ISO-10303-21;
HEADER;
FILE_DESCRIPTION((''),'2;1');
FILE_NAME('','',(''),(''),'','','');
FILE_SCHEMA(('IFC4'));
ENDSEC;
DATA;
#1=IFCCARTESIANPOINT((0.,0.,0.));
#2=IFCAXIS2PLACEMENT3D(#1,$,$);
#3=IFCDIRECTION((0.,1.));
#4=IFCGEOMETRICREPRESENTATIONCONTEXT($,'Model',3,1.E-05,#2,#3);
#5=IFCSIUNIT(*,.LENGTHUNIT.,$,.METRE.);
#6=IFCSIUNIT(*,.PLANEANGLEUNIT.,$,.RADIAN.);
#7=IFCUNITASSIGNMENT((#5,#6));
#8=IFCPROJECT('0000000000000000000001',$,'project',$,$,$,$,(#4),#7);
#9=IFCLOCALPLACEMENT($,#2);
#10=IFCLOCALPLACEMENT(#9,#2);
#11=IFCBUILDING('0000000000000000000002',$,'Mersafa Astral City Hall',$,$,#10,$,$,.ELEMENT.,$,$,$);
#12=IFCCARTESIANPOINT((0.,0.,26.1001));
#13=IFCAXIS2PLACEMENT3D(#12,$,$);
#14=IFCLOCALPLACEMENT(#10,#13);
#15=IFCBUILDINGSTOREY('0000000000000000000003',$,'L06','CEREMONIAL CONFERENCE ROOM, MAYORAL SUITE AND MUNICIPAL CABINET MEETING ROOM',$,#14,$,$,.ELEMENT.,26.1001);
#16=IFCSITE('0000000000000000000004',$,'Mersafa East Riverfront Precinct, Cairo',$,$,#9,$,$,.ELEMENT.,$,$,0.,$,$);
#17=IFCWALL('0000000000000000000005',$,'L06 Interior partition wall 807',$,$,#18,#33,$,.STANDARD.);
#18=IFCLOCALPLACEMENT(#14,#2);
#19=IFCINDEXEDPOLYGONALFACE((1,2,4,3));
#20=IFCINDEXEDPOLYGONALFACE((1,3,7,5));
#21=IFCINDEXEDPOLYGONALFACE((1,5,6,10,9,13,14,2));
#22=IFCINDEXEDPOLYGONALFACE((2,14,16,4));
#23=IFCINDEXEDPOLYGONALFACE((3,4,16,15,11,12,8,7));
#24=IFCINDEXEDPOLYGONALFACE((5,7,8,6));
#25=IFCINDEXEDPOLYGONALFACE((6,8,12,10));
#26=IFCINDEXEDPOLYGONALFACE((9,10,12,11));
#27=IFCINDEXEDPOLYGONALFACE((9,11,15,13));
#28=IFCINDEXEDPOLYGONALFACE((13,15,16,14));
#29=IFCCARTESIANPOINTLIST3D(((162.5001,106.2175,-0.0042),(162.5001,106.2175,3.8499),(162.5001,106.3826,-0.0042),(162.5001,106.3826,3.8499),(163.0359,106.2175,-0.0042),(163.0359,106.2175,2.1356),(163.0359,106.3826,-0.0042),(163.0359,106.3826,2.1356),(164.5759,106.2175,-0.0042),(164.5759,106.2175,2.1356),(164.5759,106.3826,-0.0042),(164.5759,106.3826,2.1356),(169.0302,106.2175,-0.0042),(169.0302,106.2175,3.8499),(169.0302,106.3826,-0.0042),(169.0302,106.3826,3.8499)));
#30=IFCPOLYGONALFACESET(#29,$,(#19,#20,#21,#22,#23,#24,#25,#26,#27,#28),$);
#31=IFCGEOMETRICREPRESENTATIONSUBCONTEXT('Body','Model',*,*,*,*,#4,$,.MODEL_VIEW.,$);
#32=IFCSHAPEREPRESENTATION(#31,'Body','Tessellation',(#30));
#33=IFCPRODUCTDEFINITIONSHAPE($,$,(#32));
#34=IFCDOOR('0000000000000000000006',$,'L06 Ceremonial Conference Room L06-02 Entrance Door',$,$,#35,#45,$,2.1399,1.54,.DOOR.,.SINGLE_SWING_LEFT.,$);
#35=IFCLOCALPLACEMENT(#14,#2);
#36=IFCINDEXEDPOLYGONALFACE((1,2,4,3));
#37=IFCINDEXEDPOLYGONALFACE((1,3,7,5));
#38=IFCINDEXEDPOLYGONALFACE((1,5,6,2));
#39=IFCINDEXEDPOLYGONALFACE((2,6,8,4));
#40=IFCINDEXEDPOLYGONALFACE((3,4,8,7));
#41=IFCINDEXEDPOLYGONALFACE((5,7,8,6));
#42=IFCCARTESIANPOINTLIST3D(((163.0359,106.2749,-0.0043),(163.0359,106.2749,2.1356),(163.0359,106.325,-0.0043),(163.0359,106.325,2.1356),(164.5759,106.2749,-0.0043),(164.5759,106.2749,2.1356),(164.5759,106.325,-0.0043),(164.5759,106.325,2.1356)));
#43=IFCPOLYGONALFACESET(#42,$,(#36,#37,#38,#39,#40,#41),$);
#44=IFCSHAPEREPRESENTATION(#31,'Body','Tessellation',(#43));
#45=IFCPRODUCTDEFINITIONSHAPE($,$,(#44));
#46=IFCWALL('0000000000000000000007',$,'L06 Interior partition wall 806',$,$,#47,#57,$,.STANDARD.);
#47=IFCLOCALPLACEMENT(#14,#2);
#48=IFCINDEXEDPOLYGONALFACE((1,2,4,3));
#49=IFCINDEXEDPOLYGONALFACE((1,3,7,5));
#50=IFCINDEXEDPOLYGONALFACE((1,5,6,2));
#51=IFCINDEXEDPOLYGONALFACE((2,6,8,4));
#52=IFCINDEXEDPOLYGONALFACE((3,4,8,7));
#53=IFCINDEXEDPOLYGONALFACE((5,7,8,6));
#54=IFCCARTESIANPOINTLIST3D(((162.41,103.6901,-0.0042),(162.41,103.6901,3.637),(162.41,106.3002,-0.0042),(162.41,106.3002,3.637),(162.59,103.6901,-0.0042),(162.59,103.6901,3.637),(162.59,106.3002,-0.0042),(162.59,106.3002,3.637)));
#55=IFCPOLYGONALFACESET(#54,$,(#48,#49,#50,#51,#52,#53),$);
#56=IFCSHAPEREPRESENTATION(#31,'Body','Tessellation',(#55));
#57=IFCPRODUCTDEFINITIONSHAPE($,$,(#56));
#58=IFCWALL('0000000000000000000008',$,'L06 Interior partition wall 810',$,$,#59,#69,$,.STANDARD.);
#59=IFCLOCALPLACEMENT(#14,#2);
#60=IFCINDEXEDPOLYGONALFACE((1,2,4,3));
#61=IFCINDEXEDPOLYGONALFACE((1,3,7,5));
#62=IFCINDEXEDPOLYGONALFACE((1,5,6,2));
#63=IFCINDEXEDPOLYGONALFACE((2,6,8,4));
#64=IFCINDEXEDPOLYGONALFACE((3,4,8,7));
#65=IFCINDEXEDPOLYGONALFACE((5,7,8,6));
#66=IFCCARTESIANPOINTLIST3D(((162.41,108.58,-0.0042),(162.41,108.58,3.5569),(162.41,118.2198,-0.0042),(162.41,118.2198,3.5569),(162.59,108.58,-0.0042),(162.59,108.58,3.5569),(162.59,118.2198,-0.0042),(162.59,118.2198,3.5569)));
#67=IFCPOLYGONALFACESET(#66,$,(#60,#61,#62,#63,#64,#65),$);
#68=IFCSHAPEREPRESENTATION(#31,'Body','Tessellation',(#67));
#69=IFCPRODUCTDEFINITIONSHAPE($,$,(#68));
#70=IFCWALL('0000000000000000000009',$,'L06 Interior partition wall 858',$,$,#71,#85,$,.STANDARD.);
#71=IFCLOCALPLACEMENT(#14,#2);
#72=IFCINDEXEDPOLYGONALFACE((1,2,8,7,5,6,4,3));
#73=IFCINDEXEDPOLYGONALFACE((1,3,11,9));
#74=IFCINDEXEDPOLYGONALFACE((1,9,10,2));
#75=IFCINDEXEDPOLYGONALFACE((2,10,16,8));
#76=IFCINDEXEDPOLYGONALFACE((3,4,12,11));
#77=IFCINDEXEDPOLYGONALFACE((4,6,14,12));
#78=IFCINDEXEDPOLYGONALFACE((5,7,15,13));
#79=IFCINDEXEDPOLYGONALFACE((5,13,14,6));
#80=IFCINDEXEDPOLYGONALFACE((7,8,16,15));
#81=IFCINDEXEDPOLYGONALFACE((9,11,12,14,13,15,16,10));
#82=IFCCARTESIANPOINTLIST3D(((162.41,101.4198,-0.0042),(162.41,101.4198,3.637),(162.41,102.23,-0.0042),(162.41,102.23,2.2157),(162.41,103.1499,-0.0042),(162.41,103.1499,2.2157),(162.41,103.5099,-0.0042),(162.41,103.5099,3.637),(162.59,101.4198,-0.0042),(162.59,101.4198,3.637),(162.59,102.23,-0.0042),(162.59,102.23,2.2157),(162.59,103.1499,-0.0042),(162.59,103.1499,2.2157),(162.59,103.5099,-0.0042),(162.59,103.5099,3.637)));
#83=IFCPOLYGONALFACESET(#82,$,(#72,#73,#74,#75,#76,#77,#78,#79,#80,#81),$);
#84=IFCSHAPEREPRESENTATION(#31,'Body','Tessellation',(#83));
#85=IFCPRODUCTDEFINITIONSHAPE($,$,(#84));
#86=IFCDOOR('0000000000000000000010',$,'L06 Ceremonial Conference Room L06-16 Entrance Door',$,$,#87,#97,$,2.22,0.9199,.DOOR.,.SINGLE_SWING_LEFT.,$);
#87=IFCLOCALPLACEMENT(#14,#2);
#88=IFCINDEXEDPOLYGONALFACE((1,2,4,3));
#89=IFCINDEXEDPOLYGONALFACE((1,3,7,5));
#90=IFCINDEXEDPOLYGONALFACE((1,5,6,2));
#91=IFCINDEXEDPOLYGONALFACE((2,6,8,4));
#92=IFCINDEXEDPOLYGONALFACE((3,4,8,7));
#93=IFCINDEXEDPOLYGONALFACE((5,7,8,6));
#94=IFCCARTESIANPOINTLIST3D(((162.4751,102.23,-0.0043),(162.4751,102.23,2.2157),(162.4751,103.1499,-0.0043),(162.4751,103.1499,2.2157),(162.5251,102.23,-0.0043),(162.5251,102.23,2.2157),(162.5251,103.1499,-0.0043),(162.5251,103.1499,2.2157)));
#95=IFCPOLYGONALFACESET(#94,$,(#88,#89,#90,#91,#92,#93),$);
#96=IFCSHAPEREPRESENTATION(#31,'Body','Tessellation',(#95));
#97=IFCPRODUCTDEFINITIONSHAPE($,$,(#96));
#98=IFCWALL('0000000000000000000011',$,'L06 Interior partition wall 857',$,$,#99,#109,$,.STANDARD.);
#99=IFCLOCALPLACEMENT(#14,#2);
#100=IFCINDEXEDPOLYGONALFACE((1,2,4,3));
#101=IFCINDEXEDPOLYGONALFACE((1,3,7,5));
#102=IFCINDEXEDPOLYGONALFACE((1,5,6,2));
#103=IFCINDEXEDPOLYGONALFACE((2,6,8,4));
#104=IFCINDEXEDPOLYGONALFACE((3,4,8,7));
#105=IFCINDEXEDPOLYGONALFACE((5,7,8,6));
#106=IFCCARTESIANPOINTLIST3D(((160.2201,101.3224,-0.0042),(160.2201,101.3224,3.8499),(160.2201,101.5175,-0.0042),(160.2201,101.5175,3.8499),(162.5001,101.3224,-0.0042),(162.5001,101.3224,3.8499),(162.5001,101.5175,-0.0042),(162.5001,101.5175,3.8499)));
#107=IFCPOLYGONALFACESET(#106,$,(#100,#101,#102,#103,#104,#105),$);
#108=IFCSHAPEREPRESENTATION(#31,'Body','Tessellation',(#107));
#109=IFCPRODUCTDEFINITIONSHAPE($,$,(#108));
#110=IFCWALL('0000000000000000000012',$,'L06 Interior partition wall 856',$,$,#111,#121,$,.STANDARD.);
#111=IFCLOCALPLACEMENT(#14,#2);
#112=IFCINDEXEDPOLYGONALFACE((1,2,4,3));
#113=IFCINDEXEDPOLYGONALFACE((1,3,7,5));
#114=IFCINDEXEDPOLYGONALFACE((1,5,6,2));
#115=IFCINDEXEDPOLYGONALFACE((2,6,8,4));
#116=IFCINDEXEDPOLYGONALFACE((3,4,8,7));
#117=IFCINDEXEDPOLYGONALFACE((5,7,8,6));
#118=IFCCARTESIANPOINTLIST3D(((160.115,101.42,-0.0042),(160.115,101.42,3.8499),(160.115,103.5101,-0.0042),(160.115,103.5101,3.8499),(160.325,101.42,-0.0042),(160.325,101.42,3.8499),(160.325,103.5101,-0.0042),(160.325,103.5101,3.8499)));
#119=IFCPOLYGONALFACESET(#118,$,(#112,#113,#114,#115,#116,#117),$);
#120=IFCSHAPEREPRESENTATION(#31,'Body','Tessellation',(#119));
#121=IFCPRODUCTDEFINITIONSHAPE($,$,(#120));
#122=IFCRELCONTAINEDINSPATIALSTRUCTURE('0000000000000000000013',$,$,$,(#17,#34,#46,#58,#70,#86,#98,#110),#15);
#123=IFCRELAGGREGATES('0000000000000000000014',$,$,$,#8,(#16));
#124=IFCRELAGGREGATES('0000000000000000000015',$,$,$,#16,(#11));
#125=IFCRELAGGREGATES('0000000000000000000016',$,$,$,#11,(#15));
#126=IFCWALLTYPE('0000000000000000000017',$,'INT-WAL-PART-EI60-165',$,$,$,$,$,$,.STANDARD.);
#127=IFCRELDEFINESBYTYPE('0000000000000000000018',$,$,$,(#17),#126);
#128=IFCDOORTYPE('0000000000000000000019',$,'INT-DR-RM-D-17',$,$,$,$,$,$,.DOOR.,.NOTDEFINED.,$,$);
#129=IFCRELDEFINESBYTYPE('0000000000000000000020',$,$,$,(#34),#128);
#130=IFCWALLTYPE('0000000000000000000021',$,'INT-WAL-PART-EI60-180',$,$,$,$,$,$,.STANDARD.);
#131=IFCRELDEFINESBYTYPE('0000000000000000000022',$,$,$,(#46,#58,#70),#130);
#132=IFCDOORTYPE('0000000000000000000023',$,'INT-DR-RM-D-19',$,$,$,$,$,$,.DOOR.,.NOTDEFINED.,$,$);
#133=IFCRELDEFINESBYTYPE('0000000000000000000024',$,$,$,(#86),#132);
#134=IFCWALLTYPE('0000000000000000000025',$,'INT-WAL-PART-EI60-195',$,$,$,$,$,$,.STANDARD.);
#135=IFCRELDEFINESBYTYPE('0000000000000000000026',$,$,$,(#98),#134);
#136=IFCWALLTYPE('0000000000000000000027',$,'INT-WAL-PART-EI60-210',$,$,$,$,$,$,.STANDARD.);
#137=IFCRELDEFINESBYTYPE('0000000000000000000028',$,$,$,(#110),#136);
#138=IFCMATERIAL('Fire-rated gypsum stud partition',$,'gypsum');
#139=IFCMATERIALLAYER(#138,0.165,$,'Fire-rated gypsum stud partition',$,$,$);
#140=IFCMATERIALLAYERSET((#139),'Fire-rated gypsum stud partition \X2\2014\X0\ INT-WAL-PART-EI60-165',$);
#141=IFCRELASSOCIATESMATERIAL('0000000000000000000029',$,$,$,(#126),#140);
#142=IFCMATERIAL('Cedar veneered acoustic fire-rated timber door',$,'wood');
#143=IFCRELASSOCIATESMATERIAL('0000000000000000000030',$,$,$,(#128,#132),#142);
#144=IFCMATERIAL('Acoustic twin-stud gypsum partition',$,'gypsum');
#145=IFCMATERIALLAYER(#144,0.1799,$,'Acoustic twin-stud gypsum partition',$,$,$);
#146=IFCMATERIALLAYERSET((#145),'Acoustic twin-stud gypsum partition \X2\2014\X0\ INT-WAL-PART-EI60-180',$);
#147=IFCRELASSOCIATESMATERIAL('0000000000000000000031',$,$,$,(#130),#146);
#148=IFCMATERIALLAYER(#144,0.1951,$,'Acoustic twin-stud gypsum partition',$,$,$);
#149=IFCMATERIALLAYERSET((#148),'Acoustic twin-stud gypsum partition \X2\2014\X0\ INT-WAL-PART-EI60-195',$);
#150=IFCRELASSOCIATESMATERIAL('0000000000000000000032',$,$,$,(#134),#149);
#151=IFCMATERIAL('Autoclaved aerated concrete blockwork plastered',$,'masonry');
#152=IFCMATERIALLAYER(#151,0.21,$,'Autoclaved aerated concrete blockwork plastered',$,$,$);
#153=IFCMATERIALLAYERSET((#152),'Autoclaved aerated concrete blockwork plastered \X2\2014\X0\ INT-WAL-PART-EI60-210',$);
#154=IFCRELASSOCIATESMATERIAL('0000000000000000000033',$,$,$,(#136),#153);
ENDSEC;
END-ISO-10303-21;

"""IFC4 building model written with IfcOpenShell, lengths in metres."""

from ifc_helpers import new_model, si_unit, direction, frame, frame_2d, origin, place, context, subcontext, project, spatial, rectangle, extrude, material, layer, layer_set, type_object, element, fill, save


model = new_model("IFC4")

# Units and contexts
model_context = context("Model", 3, precision=1e-05, world=origin(), true_north=direction((0.0, 1.0)))
body_context = subcontext(model_context, "Body", "Model", "MODEL_VIEW")
ifc_project = project(units=[si_unit("LENGTHUNIT", "METRE"), si_unit("PLANEANGLEUNIT", "RADIAN")], contexts=[model_context])

# Site, building, storey
site_placement = place(None, origin())
site = spatial("IfcSite", under=ifc_project, at=site_placement, Name="Mersafa East Riverfront Precinct, Cairo", CompositionType="ELEMENT", RefElevation=0.0)
building_placement = place(site_placement, origin())
building = spatial("IfcBuilding", under=site, at=building_placement, Name="Mersafa Astral City Hall", CompositionType="ELEMENT")
storey_placement = place(building_placement, frame((0.0, 0.0, 26.1001)))
storey = spatial("IfcBuildingStorey", under=building, at=storey_placement, Name="L06", Description="CEREMONIAL CONFERENCE ROOM, MAYORAL SUITE AND MUNICIPAL CABINET MEETING ROOM", CompositionType="ELEMENT", Elevation=26.1001)

# Wall, opening, door
ifc_material_1 = material(Name="Fire-rated gypsum stud partition", Category="gypsum")
ifc_layer_1 = layer(ifc_material_1, 0.165, Name="Fire-rated gypsum stud partition")
ifc_layer_set_1 = layer_set([ifc_layer_1], Name="Fire-rated gypsum stud partition — INT-WAL-PART-EI60-165")
wall_type_1 = type_object("IfcWallType", Name="INT-WAL-PART-EI60-165", PredefinedType="STANDARD", material=ifc_layer_set_1)
wall_1_placement = place(storey_placement, frame((162.5, 106.3, -0.0042), z_axis=(0.0, 0.0, 1.0), x_axis=(1.0, 0.0, 0.0)))
wall_1 = element("IfcWall", 1, at=wall_1_placement, inside=storey, type_object=wall_type_1, Name="L06 Interior partition wall 807", PredefinedType="STANDARD", context=body_context, shape_type="SweptSolid", body=[
    extrude(rectangle(XDim=6.53, YDim=0.165, at=frame_2d((3.2651, 0.0))), origin(), (0.0, 0.0, 1.0), 3.854),
])
opening_1_placement = place(wall_1_placement, frame((0.5359, 0.0, 0.0)))
opening_1 = element("IfcOpeningElement", 2, at=opening_1_placement, cuts=wall_1, PredefinedType="OPENING", context=body_context, shape_type="SweptSolid", body=[
    extrude(rectangle(XDim=1.54, YDim=2.1399, at=frame_2d((0.77, 1.0698))), frame((0.0, 0.0925, 0.0), z_axis=(0.0, -1.0, 0.0), x_axis=(1.0, 0.0, 0.0)), (0.0, 0.0, 1.0), 0.1851),
])
ifc_material_2 = material(Name="Cedar veneered acoustic fire-rated timber door", Category="wood")
door_type_1 = type_object("IfcDoorType", Name="INT-DR-RM-D-17", OperationType="NOTDEFINED", PredefinedType="DOOR", material=ifc_material_2)
door_1_placement = place(opening_1_placement, origin())
door_1 = element("IfcDoor", 3, at=door_1_placement, inside=storey, type_object=door_type_1, Name="L06 Ceremonial Conference Room L06-02 Entrance Door", OperationType="SINGLE_SWING_LEFT", OverallHeight=2.1399, OverallWidth=1.54, PredefinedType="DOOR", context=body_context, shape_type="SweptSolid", body=[
    extrude(rectangle(XDim=1.54, YDim=2.1399, at=frame_2d((0.77, 1.0698))), frame((0.0, 0.0249, 0.0), z_axis=(0.0, -1.0, 0.0), x_axis=(1.0, 0.0, 0.0)), (0.0, 0.0, 1.0), 0.05),
])
fill(opening_1, door_1)

# Walls
ifc_material_3 = material(Name="Acoustic twin-stud gypsum partition", Category="gypsum")
ifc_layer_2 = layer(ifc_material_3, 0.1799, Name="Acoustic twin-stud gypsum partition")
ifc_layer_set_2 = layer_set([ifc_layer_2], Name="Acoustic twin-stud gypsum partition — INT-WAL-PART-EI60-180")
wall_type_2 = type_object("IfcWallType", Name="INT-WAL-PART-EI60-180", PredefinedType="STANDARD", material=ifc_layer_set_2)
wall_2_placement = place(storey_placement, frame((162.5, 103.6899, -0.0042), z_axis=(0.0, 0.0, 1.0), x_axis=(0.0, 1.0, 0.0)))
element("IfcWall", 4, at=wall_2_placement, inside=storey, type_object=wall_type_2, Name="L06 Interior partition wall 806", PredefinedType="STANDARD", context=body_context, shape_type="SweptSolid", body=[
    extrude(rectangle(XDim=2.6101, YDim=0.1799, at=frame_2d((1.3052, 0.0))), origin(), (0.0, 0.0, 1.0), 3.6411),
])
wall_3_placement = place(storey_placement, frame((162.5, 108.5801, -0.0042), z_axis=(0.0, 0.0, 1.0), x_axis=(0.0, 1.0, 0.0)))
element("IfcWall", 5, at=wall_3_placement, inside=storey, type_object=wall_type_2, Name="L06 Interior partition wall 810", PredefinedType="STANDARD", context=body_context, shape_type="SweptSolid", body=[
    extrude(rectangle(XDim=9.6399, YDim=0.1799, at=frame_2d((4.8198, 0.0))), origin(), (0.0, 0.0, 1.0), 3.561),
])

# Wall, opening, door
wall_4_placement = place(storey_placement, frame((162.5, 101.4199, -0.0042), z_axis=(0.0, 0.0, 1.0), x_axis=(0.0, 1.0, 0.0)))
wall_4 = element("IfcWall", 6, at=wall_4_placement, inside=storey, type_object=wall_type_2, Name="L06 Interior partition wall 858", PredefinedType="STANDARD", context=body_context, shape_type="SweptSolid", body=[
    extrude(rectangle(XDim=2.0901, YDim=0.1799, at=frame_2d((1.0449, 0.0))), origin(), (0.0, 0.0, 1.0), 3.6411),
])
opening_2_placement = place(wall_4_placement, frame((0.8101, 0.0, 0.0)))
opening_2 = element("IfcOpeningElement", 7, at=opening_2_placement, cuts=wall_4, PredefinedType="OPENING", context=body_context, shape_type="SweptSolid", body=[
    extrude(rectangle(XDim=0.9199, YDim=2.22, at=frame_2d((0.46, 1.1099))), frame((0.0, 0.0999, 0.0), z_axis=(0.0, -1.0, 0.0), x_axis=(1.0, 0.0, 0.0)), (0.0, 0.0, 1.0), 0.2),
])
door_type_2 = type_object("IfcDoorType", Name="INT-DR-RM-D-19", OperationType="NOTDEFINED", PredefinedType="DOOR", material=ifc_material_2)
door_2_placement = place(opening_2_placement, origin())
door_2 = element("IfcDoor", 8, at=door_2_placement, inside=storey, type_object=door_type_2, Name="L06 Ceremonial Conference Room L06-16 Entrance Door", OperationType="SINGLE_SWING_LEFT", OverallHeight=2.22, OverallWidth=0.9199, PredefinedType="DOOR", context=body_context, shape_type="SweptSolid", body=[
    extrude(rectangle(XDim=0.9199, YDim=2.22, at=frame_2d((0.46, 1.1099))), frame((0.0, 0.0249, 0.0), z_axis=(0.0, -1.0, 0.0), x_axis=(1.0, 0.0, 0.0)), (0.0, 0.0, 1.0), 0.05),
])
fill(opening_2, door_2)

# Walls
ifc_layer_3 = layer(ifc_material_3, 0.1951, Name="Acoustic twin-stud gypsum partition")
ifc_layer_set_3 = layer_set([ifc_layer_3], Name="Acoustic twin-stud gypsum partition — INT-WAL-PART-EI60-195")
wall_type_3 = type_object("IfcWallType", Name="INT-WAL-PART-EI60-195", PredefinedType="STANDARD", material=ifc_layer_set_3)
wall_5_placement = place(storey_placement, frame((160.22, 101.4199, -0.0042), z_axis=(0.0, 0.0, 1.0), x_axis=(1.0, 0.0, 0.0)))
element("IfcWall", 9, at=wall_5_placement, inside=storey, type_object=wall_type_3, Name="L06 Interior partition wall 857", PredefinedType="STANDARD", context=body_context, shape_type="SweptSolid", body=[
    extrude(rectangle(XDim=2.28, YDim=0.1951, at=frame_2d((1.1401, 0.0))), origin(), (0.0, 0.0, 1.0), 3.854),
])
ifc_material_4 = material(Name="Autoclaved aerated concrete blockwork plastered", Category="masonry")
ifc_layer_4 = layer(ifc_material_4, 0.21, Name="Autoclaved aerated concrete blockwork plastered")
ifc_layer_set_4 = layer_set([ifc_layer_4], Name="Autoclaved aerated concrete blockwork plastered — INT-WAL-PART-EI60-210")
wall_type_4 = type_object("IfcWallType", Name="INT-WAL-PART-EI60-210", PredefinedType="STANDARD", material=ifc_layer_set_4)
wall_6_placement = place(storey_placement, frame((160.22, 103.51, -0.0042), z_axis=(0.0, 0.0, 1.0), x_axis=(0.0, -1.0, 0.0)))
element("IfcWall", 10, at=wall_6_placement, inside=storey, type_object=wall_type_4, Name="L06 Interior partition wall 856", PredefinedType="STANDARD", context=body_context, shape_type="SweptSolid", body=[
    extrude(rectangle(XDim=2.0901, YDim=0.21, at=frame_2d((1.0449, 0.0))), origin(), (0.0, 0.0, 1.0), 3.854),
])

save(model, "model.ifc")
